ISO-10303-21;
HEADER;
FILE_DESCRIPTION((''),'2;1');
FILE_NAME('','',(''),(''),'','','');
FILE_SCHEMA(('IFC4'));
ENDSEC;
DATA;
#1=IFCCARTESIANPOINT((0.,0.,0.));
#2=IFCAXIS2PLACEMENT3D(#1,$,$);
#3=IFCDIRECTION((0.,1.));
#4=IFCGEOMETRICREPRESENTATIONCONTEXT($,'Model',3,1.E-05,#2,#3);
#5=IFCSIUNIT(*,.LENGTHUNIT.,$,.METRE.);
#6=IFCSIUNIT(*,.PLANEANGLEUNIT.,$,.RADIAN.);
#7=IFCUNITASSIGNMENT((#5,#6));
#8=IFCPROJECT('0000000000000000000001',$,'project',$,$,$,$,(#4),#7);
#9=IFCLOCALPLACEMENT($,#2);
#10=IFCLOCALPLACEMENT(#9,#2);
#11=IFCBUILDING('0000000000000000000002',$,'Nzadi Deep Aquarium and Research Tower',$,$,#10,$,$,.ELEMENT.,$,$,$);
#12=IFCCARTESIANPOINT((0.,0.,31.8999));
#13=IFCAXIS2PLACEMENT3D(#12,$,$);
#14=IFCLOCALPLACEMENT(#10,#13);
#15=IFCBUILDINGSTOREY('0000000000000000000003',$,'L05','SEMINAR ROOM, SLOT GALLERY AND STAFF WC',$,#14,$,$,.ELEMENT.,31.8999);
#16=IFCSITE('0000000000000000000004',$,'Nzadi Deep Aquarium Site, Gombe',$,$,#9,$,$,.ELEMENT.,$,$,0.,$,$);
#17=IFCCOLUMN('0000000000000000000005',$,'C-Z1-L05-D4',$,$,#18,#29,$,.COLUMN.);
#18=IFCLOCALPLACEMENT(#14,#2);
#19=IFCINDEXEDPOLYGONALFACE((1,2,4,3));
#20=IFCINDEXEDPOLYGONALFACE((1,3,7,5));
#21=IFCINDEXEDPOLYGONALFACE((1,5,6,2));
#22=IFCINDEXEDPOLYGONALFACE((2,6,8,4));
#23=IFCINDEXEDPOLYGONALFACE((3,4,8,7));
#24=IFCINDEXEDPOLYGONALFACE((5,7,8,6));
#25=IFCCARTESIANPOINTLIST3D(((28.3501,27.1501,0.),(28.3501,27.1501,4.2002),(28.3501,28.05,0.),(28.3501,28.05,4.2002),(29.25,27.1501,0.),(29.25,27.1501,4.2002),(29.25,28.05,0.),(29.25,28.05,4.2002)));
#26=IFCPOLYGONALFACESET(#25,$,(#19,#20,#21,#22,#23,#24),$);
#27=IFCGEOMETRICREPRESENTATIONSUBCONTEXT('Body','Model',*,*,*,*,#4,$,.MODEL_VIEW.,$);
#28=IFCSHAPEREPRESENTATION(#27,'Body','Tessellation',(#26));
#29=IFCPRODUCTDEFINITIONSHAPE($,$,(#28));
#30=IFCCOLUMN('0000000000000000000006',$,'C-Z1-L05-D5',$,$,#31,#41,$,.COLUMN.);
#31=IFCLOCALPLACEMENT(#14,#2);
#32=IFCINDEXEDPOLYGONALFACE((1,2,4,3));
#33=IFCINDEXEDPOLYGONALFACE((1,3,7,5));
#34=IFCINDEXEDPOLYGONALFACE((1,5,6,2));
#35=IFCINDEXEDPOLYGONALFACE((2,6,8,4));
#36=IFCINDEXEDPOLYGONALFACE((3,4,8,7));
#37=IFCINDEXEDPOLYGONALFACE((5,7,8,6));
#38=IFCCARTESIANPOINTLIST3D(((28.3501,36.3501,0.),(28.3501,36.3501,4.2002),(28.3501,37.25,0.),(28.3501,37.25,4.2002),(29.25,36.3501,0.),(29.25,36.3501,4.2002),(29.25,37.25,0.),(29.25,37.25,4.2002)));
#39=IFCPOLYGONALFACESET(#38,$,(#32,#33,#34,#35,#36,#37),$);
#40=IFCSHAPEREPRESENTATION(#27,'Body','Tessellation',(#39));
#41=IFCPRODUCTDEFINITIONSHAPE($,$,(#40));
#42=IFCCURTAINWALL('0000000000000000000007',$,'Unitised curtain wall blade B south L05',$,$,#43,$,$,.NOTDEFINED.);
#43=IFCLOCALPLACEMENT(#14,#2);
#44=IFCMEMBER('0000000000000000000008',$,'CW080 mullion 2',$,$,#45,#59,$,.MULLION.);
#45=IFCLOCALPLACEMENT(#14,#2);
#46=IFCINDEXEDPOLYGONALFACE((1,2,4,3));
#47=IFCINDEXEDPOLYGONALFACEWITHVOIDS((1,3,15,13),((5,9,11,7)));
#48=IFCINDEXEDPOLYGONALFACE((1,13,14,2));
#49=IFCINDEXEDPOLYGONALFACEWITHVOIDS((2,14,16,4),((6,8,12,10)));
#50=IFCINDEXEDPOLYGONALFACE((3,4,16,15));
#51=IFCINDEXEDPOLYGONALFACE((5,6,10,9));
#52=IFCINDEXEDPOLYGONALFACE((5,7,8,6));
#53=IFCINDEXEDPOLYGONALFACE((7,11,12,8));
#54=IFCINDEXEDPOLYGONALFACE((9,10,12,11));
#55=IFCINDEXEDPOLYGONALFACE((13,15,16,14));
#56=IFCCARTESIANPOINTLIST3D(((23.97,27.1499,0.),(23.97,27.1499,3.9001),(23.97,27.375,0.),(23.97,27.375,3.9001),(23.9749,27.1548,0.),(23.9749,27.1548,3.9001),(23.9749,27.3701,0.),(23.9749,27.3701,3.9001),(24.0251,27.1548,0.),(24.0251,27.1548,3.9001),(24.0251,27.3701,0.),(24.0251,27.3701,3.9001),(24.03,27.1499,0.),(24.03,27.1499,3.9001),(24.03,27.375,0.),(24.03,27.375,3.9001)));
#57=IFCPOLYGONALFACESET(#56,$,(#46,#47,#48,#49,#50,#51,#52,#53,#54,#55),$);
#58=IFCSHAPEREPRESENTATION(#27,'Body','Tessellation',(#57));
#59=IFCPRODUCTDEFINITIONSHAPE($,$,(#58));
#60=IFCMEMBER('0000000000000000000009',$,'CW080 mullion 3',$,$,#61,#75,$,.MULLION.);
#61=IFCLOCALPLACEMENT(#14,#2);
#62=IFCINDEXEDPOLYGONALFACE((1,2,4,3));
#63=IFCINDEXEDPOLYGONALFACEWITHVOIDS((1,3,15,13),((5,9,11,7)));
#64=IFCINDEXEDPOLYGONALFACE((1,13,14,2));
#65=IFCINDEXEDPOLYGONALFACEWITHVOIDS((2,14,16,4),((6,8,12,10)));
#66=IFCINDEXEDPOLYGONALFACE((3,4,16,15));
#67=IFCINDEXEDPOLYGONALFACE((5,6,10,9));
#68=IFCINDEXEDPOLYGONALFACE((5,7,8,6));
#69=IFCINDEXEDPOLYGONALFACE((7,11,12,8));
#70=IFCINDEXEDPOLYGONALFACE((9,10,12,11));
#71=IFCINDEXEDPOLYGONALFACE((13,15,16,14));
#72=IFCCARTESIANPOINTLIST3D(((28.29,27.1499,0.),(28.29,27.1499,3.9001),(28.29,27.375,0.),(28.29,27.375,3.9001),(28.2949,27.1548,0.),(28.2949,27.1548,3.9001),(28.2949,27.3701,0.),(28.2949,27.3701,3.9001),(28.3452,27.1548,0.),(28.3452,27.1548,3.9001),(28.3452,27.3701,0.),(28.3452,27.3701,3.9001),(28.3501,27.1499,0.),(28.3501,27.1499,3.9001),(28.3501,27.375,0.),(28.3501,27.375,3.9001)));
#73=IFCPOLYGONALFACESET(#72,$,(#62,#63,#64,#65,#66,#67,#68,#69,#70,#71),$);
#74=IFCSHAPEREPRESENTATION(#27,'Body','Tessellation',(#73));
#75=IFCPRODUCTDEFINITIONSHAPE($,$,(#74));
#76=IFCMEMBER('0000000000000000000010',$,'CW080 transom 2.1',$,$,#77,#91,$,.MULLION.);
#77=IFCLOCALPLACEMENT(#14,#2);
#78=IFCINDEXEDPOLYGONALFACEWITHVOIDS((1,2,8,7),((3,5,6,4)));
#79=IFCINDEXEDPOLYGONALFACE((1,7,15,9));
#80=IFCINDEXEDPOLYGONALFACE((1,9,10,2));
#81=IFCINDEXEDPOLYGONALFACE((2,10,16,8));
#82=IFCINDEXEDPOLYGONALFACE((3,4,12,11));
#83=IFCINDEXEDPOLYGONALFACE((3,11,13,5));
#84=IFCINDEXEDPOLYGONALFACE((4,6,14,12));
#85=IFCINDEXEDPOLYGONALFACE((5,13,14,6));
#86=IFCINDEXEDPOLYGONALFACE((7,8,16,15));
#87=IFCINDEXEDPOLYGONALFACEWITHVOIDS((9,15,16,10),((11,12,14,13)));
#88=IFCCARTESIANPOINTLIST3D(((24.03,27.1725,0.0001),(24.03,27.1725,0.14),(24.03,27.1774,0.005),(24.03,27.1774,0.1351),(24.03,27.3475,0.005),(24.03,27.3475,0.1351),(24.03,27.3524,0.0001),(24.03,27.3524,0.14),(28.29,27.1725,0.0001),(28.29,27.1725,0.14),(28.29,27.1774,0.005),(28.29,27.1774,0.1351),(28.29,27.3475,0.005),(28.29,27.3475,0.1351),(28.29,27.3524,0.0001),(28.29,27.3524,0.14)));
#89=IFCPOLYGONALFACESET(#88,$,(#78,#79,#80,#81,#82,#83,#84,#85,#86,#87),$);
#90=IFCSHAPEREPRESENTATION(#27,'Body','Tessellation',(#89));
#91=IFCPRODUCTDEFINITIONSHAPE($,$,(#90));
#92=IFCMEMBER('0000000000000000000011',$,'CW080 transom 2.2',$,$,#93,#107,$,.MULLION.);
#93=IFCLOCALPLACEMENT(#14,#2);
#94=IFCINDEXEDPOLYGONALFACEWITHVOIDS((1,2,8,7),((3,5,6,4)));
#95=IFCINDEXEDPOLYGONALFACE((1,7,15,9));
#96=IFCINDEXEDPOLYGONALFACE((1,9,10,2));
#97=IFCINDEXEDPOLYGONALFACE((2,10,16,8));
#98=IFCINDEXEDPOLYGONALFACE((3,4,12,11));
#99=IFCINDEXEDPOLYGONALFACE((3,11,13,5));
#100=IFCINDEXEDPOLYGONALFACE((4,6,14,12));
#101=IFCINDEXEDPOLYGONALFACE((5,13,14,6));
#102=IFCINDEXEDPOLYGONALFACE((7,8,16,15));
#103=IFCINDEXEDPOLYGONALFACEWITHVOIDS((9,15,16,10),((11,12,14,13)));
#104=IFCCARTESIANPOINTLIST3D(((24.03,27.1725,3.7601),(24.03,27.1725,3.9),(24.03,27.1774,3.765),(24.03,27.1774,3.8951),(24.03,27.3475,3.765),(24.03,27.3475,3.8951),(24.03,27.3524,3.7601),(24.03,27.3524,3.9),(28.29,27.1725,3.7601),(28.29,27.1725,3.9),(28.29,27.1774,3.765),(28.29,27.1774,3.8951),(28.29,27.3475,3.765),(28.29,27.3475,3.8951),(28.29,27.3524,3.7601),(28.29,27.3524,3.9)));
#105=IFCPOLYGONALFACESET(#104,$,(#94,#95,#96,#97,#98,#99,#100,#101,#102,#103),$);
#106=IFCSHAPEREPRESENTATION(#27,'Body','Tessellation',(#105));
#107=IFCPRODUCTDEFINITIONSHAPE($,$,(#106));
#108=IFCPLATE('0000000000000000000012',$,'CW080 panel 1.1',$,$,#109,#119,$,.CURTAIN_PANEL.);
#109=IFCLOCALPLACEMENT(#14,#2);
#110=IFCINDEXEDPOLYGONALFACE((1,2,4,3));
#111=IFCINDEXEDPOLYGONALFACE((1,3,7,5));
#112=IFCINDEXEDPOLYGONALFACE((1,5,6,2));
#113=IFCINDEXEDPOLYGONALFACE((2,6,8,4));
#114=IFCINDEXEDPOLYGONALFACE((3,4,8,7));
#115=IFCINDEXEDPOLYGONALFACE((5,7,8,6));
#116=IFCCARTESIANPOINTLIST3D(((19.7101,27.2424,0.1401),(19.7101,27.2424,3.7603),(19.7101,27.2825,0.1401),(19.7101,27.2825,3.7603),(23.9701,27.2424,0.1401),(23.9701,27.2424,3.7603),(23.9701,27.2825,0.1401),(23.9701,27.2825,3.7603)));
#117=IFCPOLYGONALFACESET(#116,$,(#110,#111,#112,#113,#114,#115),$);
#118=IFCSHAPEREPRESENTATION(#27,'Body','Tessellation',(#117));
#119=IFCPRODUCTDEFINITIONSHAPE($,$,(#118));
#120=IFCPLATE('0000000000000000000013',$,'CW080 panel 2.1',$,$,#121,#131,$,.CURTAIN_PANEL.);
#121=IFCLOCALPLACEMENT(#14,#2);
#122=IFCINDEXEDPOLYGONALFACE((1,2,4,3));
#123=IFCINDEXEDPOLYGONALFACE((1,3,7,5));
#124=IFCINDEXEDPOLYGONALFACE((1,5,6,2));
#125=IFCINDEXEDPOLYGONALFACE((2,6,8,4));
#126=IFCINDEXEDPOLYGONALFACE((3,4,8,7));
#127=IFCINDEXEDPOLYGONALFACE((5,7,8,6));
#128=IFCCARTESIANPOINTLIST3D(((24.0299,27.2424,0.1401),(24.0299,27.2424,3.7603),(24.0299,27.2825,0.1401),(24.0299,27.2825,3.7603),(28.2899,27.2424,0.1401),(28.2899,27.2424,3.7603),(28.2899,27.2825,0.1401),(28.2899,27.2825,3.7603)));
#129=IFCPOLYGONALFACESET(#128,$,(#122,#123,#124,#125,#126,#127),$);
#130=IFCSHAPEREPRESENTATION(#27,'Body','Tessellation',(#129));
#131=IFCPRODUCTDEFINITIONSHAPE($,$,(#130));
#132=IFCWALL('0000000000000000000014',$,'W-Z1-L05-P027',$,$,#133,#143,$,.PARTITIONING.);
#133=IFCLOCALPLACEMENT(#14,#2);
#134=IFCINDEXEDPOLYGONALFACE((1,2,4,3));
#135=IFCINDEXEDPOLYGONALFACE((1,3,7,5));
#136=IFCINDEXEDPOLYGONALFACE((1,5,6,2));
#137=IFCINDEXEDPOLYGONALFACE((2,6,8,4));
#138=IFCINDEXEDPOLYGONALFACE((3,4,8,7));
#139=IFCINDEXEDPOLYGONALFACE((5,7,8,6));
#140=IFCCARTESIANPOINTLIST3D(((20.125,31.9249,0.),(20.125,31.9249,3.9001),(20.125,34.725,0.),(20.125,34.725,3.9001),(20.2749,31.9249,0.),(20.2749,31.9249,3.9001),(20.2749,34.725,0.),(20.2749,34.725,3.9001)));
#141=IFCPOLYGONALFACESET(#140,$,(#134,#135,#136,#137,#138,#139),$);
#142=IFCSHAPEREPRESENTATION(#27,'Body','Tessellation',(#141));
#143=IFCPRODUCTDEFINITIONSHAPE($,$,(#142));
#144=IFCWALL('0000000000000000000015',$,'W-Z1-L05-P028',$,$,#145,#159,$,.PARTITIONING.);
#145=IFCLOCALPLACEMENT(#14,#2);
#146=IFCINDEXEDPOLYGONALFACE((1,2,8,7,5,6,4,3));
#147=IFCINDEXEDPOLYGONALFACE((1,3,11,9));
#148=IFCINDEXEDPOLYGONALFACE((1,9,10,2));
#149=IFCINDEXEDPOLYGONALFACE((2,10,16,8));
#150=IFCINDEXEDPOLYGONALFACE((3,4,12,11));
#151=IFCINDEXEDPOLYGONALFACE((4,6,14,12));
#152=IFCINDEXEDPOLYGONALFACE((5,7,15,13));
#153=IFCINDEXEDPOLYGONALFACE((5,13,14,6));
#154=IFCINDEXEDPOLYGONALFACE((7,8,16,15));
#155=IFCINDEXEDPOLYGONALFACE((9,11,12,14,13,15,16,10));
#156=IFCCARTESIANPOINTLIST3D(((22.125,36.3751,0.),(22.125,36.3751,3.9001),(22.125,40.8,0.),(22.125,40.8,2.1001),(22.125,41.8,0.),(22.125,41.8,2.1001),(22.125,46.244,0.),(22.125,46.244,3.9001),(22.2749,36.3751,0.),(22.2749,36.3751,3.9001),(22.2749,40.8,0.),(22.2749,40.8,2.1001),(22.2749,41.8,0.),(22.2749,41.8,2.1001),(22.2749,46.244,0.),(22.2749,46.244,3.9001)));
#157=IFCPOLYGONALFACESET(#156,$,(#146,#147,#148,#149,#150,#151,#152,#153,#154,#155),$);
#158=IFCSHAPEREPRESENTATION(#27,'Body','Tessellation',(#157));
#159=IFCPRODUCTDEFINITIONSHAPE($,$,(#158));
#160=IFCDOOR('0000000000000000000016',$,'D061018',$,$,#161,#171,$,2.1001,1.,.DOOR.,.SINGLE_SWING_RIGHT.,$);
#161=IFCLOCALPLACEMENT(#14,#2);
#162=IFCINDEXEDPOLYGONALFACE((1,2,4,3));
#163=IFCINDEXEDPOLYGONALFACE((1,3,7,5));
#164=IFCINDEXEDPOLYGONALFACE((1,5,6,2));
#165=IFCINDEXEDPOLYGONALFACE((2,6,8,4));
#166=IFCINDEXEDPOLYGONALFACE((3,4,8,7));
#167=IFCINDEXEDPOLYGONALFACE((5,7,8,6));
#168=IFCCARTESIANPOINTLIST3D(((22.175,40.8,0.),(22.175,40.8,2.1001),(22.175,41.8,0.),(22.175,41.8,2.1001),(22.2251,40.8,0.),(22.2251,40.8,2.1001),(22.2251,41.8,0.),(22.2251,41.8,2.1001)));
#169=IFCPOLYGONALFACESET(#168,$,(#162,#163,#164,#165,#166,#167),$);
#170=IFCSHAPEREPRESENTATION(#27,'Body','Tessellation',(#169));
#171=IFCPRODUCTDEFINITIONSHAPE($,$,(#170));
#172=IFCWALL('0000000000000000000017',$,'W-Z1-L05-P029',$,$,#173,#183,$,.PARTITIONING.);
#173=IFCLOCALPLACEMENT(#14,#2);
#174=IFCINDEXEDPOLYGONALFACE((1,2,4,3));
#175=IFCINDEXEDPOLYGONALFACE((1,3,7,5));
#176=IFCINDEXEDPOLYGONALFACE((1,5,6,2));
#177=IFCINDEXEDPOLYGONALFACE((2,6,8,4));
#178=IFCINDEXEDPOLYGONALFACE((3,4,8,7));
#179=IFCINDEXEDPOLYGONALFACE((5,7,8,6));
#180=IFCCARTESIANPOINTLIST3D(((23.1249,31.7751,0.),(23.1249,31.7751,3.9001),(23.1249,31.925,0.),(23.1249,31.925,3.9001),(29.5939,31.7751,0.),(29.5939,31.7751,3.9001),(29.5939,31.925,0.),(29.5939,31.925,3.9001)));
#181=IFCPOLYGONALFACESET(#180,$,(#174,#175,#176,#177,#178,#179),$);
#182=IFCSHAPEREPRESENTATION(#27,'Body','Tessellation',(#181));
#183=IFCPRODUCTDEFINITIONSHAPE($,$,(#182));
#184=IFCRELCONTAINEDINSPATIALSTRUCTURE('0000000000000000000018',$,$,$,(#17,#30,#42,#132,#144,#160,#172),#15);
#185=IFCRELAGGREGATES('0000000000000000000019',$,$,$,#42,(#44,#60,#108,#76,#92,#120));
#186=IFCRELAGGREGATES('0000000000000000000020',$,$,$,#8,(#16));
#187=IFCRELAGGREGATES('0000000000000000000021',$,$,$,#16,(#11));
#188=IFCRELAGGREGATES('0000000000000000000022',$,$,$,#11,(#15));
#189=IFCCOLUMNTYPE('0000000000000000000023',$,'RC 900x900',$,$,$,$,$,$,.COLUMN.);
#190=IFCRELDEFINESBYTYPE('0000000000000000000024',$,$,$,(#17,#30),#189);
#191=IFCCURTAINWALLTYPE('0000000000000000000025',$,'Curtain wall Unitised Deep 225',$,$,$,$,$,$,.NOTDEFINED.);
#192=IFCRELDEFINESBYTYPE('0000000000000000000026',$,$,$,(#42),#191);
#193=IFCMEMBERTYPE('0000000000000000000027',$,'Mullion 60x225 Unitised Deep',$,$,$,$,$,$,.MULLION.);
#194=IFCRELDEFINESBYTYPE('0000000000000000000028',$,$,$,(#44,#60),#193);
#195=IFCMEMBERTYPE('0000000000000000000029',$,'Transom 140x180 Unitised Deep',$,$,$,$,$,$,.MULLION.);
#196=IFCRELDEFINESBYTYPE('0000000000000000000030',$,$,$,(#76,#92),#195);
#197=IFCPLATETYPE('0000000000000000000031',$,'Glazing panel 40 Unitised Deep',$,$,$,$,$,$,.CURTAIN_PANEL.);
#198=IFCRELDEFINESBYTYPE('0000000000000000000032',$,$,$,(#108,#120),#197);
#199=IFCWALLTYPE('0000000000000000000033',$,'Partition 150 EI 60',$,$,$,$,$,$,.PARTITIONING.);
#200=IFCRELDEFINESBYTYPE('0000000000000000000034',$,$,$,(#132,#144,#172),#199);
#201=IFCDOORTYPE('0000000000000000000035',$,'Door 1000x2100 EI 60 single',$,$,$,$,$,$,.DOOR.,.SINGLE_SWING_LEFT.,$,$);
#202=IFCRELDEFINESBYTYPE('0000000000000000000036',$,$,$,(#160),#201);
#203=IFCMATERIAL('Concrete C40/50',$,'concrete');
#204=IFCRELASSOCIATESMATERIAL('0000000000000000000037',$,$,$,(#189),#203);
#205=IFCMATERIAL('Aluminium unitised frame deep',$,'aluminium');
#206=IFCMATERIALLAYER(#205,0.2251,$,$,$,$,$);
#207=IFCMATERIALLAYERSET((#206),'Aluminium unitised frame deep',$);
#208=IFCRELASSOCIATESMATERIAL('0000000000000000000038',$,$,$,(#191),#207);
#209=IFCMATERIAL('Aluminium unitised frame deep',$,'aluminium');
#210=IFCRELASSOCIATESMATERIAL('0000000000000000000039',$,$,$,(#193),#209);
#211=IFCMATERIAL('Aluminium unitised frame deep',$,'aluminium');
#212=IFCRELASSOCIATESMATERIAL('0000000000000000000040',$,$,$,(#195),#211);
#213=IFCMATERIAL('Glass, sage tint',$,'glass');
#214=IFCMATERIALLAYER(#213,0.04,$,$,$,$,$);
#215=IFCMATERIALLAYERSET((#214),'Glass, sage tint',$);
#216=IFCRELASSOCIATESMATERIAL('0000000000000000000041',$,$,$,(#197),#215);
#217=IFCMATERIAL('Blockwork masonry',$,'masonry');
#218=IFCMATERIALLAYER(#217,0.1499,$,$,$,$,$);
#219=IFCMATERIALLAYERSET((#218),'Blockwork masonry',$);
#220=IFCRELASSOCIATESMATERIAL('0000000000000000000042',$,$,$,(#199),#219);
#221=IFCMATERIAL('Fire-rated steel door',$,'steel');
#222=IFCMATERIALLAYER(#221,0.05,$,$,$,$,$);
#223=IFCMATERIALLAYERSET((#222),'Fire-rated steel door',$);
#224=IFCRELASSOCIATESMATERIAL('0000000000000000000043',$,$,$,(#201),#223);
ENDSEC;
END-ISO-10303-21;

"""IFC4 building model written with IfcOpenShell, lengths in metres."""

from ifc_helpers import new_model, si_unit, direction, frame, frame_2d, origin, origin_2d, place, context, subcontext, project, spatial, rectangle, hollow_rectangle, extrude, material, layer, layer_set, material_profile, profile_set, type_object, element, fill, aggregate, save


model = new_model("IFC4")

# Units and contexts
model_context = context("Model", 3, precision=1e-05, world=origin(), true_north=direction((0.0, 1.0)))
body_context = subcontext(model_context, "Body", "Model", "MODEL_VIEW")
ifc_project = project(units=[si_unit("LENGTHUNIT", "METRE"), si_unit("PLANEANGLEUNIT", "RADIAN")], contexts=[model_context])

# Site, building, storey
site_placement = place(None, origin())
site = spatial("IfcSite", under=ifc_project, at=site_placement, Name="Nzadi Deep Aquarium Site, Gombe", CompositionType="ELEMENT", RefElevation=0.0)
building_placement = place(site_placement, origin())
building = spatial("IfcBuilding", under=site, at=building_placement, Name="Nzadi Deep Aquarium and Research Tower", CompositionType="ELEMENT")
storey_placement = place(building_placement, frame((0.0, 0.0, 31.8999)))
storey = spatial("IfcBuildingStorey", under=building, at=storey_placement, Name="L05", Description="SEMINAR ROOM, SLOT GALLERY AND STAFF WC", CompositionType="ELEMENT", Elevation=31.8999)

# Columns
ifc_material_1 = material(Name="Concrete C40/50", Category="concrete")
ifc_material_profile_1 = material_profile(ifc_material_1, rectangle(XDim=0.8999, YDim=0.8999, at=origin_2d()))
ifc_profile_set_1 = profile_set([ifc_material_profile_1], Name="Concrete C40/50")
column_type = type_object("IfcColumnType", Name="RC 900x900", PredefinedType="COLUMN", material=ifc_profile_set_1)
for number, where, z_axis, x_axis, name in (
    (1, (28.8, 27.6001, 0.0), (0.0, 0.0, 1.0), (1.0, 0.0, 0.0), "C-Z1-L05-D4"),
    (2, (28.8, 36.8, 0.0), (0.0, 0.0, 1.0), (1.0, 0.0, 0.0), "C-Z1-L05-D5"),
):
    element("IfcColumn", number, at=place(storey_placement, frame(where, z_axis=z_axis, x_axis=x_axis)), inside=storey, type_object=column_type, Name=name, PredefinedType="COLUMN", context=body_context, shape_type="SweptSolid", body=[
        extrude(rectangle(XDim=0.8999, YDim=0.8999, at=origin_2d()), origin(), (0.0, 0.0, 1.0), 4.2002),
    ])

# Curtain wall, members, plates
ifc_material_2 = material(Name="Aluminium unitised frame deep", Category="aluminium")
ifc_layer_1 = layer(ifc_material_2, 0.2251)
ifc_layer_set_1 = layer_set([ifc_layer_1], Name="Aluminium unitised frame deep")
curtain_wall_type = type_object("IfcCurtainWallType", Name="Curtain wall Unitised Deep 225", PredefinedType="NOTDEFINED", material=ifc_layer_set_1)
curtain_wall_placement = place(storey_placement, origin())
curtain_wall = element("IfcCurtainWall", 3, at=curtain_wall_placement, inside=storey, type_object=curtain_wall_type, Name="Unitised curtain wall blade B south L05", PredefinedType="NOTDEFINED")
ifc_material_3 = material(Name="Aluminium unitised frame deep", Category="aluminium")
ifc_material_profile_2 = material_profile(ifc_material_3, hollow_rectangle(XDim=0.2251, YDim=0.0601, WallThickness=0.0049, at=origin_2d()))
ifc_profile_set_2 = profile_set([ifc_material_profile_2], Name="Aluminium unitised frame deep")
member_type_1 = type_object("IfcMemberType", Name="Mullion 60x225 Unitised Deep", PredefinedType="MULLION", material=ifc_profile_set_2)
member_1_placement = place(storey_placement, frame((24.0, 27.2625, 0.0), z_axis=(0.0, 0.0, 1.0), x_axis=(0.0, 1.0, 0.0)))
member_1 = element("IfcMember", 4, at=member_1_placement, type_object=member_type_1, Name="CW080 mullion 2", PredefinedType="MULLION", context=body_context, shape_type="SweptSolid", body=[
    extrude(hollow_rectangle(XDim=0.2251, YDim=0.0601, WallThickness=0.0049, at=origin_2d()), origin(), (0.0, 0.0, 1.0), 3.9001),
])
member_2_placement = place(storey_placement, frame((28.3201, 27.2625, 0.0), z_axis=(0.0, 0.0, 1.0), x_axis=(0.0, 1.0, 0.0)))
member_2 = element("IfcMember", 5, at=member_2_placement, type_object=member_type_1, Name="CW080 mullion 3", PredefinedType="MULLION", context=body_context, shape_type="SweptSolid", body=[
    extrude(hollow_rectangle(XDim=0.2251, YDim=0.0601, WallThickness=0.0049, at=origin_2d()), origin(), (0.0, 0.0, 1.0), 3.9001),
])
ifc_material_4 = material(Name="Aluminium unitised frame deep", Category="aluminium")
ifc_material_profile_3 = material_profile(ifc_material_4, hollow_rectangle(XDim=0.1799, YDim=0.1399, WallThickness=0.0049, at=origin_2d()))
ifc_profile_set_3 = profile_set([ifc_material_profile_3], Name="Aluminium unitised frame deep")
member_type_2 = type_object("IfcMemberType", Name="Transom 140x180 Unitised Deep", PredefinedType="MULLION", material=ifc_profile_set_3)
member_3_placement = place(storey_placement, frame((24.03, 27.2625, 0.0701), z_axis=(1.0, 0.0, 0.0), x_axis=(0.0, 1.0, 0.0)))
member_3 = element("IfcMember", 6, at=member_3_placement, type_object=member_type_2, Name="CW080 transom 2.1", PredefinedType="MULLION", context=body_context, shape_type="SweptSolid", body=[
    extrude(hollow_rectangle(XDim=0.1799, YDim=0.1399, WallThickness=0.0049, at=origin_2d()), origin(), (0.0, 0.0, 1.0), 4.26),
])
member_4_placement = place(storey_placement, frame((24.03, 27.2625, 3.8301), z_axis=(1.0, 0.0, 0.0), x_axis=(0.0, 1.0, 0.0)))
member_4 = element("IfcMember", 7, at=member_4_placement, type_object=member_type_2, Name="CW080 transom 2.2", PredefinedType="MULLION", context=body_context, shape_type="SweptSolid", body=[
    extrude(hollow_rectangle(XDim=0.1799, YDim=0.1399, WallThickness=0.0049, at=origin_2d()), origin(), (0.0, 0.0, 1.0), 4.26),
])
ifc_material_5 = material(Name="Glass, sage tint", Category="glass")
ifc_layer_2 = layer(ifc_material_5, 0.04)
ifc_layer_set_2 = layer_set([ifc_layer_2], Name="Glass, sage tint")
plate_type = type_object("IfcPlateType", Name="Glazing panel 40 Unitised Deep", PredefinedType="CURTAIN_PANEL", material=ifc_layer_set_2)
plate_1_placement = place(storey_placement, frame((21.8401, 27.2625, 0.1401), z_axis=(0.0, 0.0, 1.0), x_axis=(1.0, 0.0, 0.0)))
plate_1 = element("IfcPlate", 8, at=plate_1_placement, type_object=plate_type, Name="CW080 panel 1.1", PredefinedType="CURTAIN_PANEL", context=body_context, shape_type="SweptSolid", body=[
    extrude(rectangle(XDim=4.26, YDim=0.04, at=origin_2d()), origin(), (0.0, 0.0, 1.0), 3.6201),
])
plate_2_placement = place(storey_placement, frame((26.1599, 27.2625, 0.1401), z_axis=(0.0, 0.0, 1.0), x_axis=(1.0, 0.0, 0.0)))
plate_2 = element("IfcPlate", 9, at=plate_2_placement, type_object=plate_type, Name="CW080 panel 2.1", PredefinedType="CURTAIN_PANEL", context=body_context, shape_type="SweptSolid", body=[
    extrude(rectangle(XDim=4.26, YDim=0.04, at=origin_2d()), origin(), (0.0, 0.0, 1.0), 3.6201),
])
aggregate(curtain_wall, [member_1, member_2, plate_1, member_3, member_4, plate_2])

# Wall
ifc_material_6 = material(Name="Blockwork masonry", Category="masonry")
ifc_layer_3 = layer(ifc_material_6, 0.1499)
ifc_layer_set_3 = layer_set([ifc_layer_3], Name="Blockwork masonry")
wall_type_1 = type_object("IfcWallType", Name="Partition 150 EI 60", PredefinedType="PARTITIONING", material=ifc_layer_set_3)
wall_1_placement = place(storey_placement, frame((20.2, 31.925, 0.0), z_axis=(0.0, 0.0, 1.0), x_axis=(0.0, 1.0, 0.0)))
element("IfcWall", 10, at=wall_1_placement, inside=storey, type_object=wall_type_1, Name="W-Z1-L05-P027", PredefinedType="PARTITIONING", context=body_context, shape_type="SweptSolid", body=[
    extrude(rectangle(XDim=2.8, YDim=0.1499, at=frame_2d((1.3999, 0.0))), origin(), (0.0, 0.0, 1.0), 3.9001),
])

# Wall, opening, door
wall_2_placement = place(storey_placement, frame((22.2, 36.375, 0.0), z_axis=(0.0, 0.0, 1.0), x_axis=(0.0, 1.0, 0.0)))
wall_2 = element("IfcWall", 11, at=wall_2_placement, inside=storey, type_object=wall_type_1, Name="W-Z1-L05-P028", PredefinedType="PARTITIONING", context=body_context, shape_type="SweptSolid", body=[
    extrude(rectangle(XDim=9.8689, YDim=0.1499, at=frame_2d((4.9346, 0.0))), origin(), (0.0, 0.0, 1.0), 3.9001),
])
opening_1_placement = place(wall_2_placement, frame((4.425, 0.0, 0.0)))
opening_1 = element("IfcOpeningElement", 12, at=opening_1_placement, cuts=wall_2, PredefinedType="OPENING", context=body_context, shape_type="SweptSolid", body=[
    extrude(rectangle(XDim=1.0, YDim=2.1001, at=frame_2d((0.5, 1.05))), frame((0.0, 0.085, 0.0), z_axis=(0.0, -1.0, 0.0), x_axis=(1.0, 0.0, 0.0)), (0.0, 0.0, 1.0), 0.1699),
])
ifc_material_7 = material(Name="Fire-rated steel door", Category="steel")
ifc_layer_4 = layer(ifc_material_7, 0.05)
ifc_layer_set_4 = layer_set([ifc_layer_4], Name="Fire-rated steel door")
door_type_1 = type_object("IfcDoorType", Name="Door 1000x2100 EI 60 single", OperationType="SINGLE_SWING_LEFT", PredefinedType="DOOR", material=ifc_layer_set_4)
door_1_placement = place(opening_1_placement, origin())
door_1 = element("IfcDoor", 13, at=door_1_placement, inside=storey, type_object=door_type_1, Name="D061018", OperationType="SINGLE_SWING_RIGHT", OverallHeight=2.1001, OverallWidth=1.0, PredefinedType="DOOR", context=body_context, shape_type="SweptSolid", body=[
    extrude(rectangle(XDim=1.0, YDim=2.1001, at=frame_2d((0.5, 1.05))), frame((0.0, 0.0249, 0.0), z_axis=(0.0, -1.0, 0.0), x_axis=(1.0, 0.0, 0.0)), (0.0, 0.0, 1.0), 0.05),
])
fill(opening_1, door_1)

# Wall
wall_3_placement = place(storey_placement, frame((23.125, 31.8501, 0.0), z_axis=(0.0, 0.0, 1.0), x_axis=(1.0, 0.0, 0.0)))
element("IfcWall", 14, at=wall_3_placement, inside=storey, type_object=wall_type_1, Name="W-Z1-L05-P029", PredefinedType="PARTITIONING", context=body_context, shape_type="SweptSolid", body=[
    extrude(rectangle(XDim=6.469, YDim=0.1499, at=frame_2d((3.2344, 0.0))), origin(), (0.0, 0.0, 1.0), 3.9001),
])

save(model, "model.ifc")
